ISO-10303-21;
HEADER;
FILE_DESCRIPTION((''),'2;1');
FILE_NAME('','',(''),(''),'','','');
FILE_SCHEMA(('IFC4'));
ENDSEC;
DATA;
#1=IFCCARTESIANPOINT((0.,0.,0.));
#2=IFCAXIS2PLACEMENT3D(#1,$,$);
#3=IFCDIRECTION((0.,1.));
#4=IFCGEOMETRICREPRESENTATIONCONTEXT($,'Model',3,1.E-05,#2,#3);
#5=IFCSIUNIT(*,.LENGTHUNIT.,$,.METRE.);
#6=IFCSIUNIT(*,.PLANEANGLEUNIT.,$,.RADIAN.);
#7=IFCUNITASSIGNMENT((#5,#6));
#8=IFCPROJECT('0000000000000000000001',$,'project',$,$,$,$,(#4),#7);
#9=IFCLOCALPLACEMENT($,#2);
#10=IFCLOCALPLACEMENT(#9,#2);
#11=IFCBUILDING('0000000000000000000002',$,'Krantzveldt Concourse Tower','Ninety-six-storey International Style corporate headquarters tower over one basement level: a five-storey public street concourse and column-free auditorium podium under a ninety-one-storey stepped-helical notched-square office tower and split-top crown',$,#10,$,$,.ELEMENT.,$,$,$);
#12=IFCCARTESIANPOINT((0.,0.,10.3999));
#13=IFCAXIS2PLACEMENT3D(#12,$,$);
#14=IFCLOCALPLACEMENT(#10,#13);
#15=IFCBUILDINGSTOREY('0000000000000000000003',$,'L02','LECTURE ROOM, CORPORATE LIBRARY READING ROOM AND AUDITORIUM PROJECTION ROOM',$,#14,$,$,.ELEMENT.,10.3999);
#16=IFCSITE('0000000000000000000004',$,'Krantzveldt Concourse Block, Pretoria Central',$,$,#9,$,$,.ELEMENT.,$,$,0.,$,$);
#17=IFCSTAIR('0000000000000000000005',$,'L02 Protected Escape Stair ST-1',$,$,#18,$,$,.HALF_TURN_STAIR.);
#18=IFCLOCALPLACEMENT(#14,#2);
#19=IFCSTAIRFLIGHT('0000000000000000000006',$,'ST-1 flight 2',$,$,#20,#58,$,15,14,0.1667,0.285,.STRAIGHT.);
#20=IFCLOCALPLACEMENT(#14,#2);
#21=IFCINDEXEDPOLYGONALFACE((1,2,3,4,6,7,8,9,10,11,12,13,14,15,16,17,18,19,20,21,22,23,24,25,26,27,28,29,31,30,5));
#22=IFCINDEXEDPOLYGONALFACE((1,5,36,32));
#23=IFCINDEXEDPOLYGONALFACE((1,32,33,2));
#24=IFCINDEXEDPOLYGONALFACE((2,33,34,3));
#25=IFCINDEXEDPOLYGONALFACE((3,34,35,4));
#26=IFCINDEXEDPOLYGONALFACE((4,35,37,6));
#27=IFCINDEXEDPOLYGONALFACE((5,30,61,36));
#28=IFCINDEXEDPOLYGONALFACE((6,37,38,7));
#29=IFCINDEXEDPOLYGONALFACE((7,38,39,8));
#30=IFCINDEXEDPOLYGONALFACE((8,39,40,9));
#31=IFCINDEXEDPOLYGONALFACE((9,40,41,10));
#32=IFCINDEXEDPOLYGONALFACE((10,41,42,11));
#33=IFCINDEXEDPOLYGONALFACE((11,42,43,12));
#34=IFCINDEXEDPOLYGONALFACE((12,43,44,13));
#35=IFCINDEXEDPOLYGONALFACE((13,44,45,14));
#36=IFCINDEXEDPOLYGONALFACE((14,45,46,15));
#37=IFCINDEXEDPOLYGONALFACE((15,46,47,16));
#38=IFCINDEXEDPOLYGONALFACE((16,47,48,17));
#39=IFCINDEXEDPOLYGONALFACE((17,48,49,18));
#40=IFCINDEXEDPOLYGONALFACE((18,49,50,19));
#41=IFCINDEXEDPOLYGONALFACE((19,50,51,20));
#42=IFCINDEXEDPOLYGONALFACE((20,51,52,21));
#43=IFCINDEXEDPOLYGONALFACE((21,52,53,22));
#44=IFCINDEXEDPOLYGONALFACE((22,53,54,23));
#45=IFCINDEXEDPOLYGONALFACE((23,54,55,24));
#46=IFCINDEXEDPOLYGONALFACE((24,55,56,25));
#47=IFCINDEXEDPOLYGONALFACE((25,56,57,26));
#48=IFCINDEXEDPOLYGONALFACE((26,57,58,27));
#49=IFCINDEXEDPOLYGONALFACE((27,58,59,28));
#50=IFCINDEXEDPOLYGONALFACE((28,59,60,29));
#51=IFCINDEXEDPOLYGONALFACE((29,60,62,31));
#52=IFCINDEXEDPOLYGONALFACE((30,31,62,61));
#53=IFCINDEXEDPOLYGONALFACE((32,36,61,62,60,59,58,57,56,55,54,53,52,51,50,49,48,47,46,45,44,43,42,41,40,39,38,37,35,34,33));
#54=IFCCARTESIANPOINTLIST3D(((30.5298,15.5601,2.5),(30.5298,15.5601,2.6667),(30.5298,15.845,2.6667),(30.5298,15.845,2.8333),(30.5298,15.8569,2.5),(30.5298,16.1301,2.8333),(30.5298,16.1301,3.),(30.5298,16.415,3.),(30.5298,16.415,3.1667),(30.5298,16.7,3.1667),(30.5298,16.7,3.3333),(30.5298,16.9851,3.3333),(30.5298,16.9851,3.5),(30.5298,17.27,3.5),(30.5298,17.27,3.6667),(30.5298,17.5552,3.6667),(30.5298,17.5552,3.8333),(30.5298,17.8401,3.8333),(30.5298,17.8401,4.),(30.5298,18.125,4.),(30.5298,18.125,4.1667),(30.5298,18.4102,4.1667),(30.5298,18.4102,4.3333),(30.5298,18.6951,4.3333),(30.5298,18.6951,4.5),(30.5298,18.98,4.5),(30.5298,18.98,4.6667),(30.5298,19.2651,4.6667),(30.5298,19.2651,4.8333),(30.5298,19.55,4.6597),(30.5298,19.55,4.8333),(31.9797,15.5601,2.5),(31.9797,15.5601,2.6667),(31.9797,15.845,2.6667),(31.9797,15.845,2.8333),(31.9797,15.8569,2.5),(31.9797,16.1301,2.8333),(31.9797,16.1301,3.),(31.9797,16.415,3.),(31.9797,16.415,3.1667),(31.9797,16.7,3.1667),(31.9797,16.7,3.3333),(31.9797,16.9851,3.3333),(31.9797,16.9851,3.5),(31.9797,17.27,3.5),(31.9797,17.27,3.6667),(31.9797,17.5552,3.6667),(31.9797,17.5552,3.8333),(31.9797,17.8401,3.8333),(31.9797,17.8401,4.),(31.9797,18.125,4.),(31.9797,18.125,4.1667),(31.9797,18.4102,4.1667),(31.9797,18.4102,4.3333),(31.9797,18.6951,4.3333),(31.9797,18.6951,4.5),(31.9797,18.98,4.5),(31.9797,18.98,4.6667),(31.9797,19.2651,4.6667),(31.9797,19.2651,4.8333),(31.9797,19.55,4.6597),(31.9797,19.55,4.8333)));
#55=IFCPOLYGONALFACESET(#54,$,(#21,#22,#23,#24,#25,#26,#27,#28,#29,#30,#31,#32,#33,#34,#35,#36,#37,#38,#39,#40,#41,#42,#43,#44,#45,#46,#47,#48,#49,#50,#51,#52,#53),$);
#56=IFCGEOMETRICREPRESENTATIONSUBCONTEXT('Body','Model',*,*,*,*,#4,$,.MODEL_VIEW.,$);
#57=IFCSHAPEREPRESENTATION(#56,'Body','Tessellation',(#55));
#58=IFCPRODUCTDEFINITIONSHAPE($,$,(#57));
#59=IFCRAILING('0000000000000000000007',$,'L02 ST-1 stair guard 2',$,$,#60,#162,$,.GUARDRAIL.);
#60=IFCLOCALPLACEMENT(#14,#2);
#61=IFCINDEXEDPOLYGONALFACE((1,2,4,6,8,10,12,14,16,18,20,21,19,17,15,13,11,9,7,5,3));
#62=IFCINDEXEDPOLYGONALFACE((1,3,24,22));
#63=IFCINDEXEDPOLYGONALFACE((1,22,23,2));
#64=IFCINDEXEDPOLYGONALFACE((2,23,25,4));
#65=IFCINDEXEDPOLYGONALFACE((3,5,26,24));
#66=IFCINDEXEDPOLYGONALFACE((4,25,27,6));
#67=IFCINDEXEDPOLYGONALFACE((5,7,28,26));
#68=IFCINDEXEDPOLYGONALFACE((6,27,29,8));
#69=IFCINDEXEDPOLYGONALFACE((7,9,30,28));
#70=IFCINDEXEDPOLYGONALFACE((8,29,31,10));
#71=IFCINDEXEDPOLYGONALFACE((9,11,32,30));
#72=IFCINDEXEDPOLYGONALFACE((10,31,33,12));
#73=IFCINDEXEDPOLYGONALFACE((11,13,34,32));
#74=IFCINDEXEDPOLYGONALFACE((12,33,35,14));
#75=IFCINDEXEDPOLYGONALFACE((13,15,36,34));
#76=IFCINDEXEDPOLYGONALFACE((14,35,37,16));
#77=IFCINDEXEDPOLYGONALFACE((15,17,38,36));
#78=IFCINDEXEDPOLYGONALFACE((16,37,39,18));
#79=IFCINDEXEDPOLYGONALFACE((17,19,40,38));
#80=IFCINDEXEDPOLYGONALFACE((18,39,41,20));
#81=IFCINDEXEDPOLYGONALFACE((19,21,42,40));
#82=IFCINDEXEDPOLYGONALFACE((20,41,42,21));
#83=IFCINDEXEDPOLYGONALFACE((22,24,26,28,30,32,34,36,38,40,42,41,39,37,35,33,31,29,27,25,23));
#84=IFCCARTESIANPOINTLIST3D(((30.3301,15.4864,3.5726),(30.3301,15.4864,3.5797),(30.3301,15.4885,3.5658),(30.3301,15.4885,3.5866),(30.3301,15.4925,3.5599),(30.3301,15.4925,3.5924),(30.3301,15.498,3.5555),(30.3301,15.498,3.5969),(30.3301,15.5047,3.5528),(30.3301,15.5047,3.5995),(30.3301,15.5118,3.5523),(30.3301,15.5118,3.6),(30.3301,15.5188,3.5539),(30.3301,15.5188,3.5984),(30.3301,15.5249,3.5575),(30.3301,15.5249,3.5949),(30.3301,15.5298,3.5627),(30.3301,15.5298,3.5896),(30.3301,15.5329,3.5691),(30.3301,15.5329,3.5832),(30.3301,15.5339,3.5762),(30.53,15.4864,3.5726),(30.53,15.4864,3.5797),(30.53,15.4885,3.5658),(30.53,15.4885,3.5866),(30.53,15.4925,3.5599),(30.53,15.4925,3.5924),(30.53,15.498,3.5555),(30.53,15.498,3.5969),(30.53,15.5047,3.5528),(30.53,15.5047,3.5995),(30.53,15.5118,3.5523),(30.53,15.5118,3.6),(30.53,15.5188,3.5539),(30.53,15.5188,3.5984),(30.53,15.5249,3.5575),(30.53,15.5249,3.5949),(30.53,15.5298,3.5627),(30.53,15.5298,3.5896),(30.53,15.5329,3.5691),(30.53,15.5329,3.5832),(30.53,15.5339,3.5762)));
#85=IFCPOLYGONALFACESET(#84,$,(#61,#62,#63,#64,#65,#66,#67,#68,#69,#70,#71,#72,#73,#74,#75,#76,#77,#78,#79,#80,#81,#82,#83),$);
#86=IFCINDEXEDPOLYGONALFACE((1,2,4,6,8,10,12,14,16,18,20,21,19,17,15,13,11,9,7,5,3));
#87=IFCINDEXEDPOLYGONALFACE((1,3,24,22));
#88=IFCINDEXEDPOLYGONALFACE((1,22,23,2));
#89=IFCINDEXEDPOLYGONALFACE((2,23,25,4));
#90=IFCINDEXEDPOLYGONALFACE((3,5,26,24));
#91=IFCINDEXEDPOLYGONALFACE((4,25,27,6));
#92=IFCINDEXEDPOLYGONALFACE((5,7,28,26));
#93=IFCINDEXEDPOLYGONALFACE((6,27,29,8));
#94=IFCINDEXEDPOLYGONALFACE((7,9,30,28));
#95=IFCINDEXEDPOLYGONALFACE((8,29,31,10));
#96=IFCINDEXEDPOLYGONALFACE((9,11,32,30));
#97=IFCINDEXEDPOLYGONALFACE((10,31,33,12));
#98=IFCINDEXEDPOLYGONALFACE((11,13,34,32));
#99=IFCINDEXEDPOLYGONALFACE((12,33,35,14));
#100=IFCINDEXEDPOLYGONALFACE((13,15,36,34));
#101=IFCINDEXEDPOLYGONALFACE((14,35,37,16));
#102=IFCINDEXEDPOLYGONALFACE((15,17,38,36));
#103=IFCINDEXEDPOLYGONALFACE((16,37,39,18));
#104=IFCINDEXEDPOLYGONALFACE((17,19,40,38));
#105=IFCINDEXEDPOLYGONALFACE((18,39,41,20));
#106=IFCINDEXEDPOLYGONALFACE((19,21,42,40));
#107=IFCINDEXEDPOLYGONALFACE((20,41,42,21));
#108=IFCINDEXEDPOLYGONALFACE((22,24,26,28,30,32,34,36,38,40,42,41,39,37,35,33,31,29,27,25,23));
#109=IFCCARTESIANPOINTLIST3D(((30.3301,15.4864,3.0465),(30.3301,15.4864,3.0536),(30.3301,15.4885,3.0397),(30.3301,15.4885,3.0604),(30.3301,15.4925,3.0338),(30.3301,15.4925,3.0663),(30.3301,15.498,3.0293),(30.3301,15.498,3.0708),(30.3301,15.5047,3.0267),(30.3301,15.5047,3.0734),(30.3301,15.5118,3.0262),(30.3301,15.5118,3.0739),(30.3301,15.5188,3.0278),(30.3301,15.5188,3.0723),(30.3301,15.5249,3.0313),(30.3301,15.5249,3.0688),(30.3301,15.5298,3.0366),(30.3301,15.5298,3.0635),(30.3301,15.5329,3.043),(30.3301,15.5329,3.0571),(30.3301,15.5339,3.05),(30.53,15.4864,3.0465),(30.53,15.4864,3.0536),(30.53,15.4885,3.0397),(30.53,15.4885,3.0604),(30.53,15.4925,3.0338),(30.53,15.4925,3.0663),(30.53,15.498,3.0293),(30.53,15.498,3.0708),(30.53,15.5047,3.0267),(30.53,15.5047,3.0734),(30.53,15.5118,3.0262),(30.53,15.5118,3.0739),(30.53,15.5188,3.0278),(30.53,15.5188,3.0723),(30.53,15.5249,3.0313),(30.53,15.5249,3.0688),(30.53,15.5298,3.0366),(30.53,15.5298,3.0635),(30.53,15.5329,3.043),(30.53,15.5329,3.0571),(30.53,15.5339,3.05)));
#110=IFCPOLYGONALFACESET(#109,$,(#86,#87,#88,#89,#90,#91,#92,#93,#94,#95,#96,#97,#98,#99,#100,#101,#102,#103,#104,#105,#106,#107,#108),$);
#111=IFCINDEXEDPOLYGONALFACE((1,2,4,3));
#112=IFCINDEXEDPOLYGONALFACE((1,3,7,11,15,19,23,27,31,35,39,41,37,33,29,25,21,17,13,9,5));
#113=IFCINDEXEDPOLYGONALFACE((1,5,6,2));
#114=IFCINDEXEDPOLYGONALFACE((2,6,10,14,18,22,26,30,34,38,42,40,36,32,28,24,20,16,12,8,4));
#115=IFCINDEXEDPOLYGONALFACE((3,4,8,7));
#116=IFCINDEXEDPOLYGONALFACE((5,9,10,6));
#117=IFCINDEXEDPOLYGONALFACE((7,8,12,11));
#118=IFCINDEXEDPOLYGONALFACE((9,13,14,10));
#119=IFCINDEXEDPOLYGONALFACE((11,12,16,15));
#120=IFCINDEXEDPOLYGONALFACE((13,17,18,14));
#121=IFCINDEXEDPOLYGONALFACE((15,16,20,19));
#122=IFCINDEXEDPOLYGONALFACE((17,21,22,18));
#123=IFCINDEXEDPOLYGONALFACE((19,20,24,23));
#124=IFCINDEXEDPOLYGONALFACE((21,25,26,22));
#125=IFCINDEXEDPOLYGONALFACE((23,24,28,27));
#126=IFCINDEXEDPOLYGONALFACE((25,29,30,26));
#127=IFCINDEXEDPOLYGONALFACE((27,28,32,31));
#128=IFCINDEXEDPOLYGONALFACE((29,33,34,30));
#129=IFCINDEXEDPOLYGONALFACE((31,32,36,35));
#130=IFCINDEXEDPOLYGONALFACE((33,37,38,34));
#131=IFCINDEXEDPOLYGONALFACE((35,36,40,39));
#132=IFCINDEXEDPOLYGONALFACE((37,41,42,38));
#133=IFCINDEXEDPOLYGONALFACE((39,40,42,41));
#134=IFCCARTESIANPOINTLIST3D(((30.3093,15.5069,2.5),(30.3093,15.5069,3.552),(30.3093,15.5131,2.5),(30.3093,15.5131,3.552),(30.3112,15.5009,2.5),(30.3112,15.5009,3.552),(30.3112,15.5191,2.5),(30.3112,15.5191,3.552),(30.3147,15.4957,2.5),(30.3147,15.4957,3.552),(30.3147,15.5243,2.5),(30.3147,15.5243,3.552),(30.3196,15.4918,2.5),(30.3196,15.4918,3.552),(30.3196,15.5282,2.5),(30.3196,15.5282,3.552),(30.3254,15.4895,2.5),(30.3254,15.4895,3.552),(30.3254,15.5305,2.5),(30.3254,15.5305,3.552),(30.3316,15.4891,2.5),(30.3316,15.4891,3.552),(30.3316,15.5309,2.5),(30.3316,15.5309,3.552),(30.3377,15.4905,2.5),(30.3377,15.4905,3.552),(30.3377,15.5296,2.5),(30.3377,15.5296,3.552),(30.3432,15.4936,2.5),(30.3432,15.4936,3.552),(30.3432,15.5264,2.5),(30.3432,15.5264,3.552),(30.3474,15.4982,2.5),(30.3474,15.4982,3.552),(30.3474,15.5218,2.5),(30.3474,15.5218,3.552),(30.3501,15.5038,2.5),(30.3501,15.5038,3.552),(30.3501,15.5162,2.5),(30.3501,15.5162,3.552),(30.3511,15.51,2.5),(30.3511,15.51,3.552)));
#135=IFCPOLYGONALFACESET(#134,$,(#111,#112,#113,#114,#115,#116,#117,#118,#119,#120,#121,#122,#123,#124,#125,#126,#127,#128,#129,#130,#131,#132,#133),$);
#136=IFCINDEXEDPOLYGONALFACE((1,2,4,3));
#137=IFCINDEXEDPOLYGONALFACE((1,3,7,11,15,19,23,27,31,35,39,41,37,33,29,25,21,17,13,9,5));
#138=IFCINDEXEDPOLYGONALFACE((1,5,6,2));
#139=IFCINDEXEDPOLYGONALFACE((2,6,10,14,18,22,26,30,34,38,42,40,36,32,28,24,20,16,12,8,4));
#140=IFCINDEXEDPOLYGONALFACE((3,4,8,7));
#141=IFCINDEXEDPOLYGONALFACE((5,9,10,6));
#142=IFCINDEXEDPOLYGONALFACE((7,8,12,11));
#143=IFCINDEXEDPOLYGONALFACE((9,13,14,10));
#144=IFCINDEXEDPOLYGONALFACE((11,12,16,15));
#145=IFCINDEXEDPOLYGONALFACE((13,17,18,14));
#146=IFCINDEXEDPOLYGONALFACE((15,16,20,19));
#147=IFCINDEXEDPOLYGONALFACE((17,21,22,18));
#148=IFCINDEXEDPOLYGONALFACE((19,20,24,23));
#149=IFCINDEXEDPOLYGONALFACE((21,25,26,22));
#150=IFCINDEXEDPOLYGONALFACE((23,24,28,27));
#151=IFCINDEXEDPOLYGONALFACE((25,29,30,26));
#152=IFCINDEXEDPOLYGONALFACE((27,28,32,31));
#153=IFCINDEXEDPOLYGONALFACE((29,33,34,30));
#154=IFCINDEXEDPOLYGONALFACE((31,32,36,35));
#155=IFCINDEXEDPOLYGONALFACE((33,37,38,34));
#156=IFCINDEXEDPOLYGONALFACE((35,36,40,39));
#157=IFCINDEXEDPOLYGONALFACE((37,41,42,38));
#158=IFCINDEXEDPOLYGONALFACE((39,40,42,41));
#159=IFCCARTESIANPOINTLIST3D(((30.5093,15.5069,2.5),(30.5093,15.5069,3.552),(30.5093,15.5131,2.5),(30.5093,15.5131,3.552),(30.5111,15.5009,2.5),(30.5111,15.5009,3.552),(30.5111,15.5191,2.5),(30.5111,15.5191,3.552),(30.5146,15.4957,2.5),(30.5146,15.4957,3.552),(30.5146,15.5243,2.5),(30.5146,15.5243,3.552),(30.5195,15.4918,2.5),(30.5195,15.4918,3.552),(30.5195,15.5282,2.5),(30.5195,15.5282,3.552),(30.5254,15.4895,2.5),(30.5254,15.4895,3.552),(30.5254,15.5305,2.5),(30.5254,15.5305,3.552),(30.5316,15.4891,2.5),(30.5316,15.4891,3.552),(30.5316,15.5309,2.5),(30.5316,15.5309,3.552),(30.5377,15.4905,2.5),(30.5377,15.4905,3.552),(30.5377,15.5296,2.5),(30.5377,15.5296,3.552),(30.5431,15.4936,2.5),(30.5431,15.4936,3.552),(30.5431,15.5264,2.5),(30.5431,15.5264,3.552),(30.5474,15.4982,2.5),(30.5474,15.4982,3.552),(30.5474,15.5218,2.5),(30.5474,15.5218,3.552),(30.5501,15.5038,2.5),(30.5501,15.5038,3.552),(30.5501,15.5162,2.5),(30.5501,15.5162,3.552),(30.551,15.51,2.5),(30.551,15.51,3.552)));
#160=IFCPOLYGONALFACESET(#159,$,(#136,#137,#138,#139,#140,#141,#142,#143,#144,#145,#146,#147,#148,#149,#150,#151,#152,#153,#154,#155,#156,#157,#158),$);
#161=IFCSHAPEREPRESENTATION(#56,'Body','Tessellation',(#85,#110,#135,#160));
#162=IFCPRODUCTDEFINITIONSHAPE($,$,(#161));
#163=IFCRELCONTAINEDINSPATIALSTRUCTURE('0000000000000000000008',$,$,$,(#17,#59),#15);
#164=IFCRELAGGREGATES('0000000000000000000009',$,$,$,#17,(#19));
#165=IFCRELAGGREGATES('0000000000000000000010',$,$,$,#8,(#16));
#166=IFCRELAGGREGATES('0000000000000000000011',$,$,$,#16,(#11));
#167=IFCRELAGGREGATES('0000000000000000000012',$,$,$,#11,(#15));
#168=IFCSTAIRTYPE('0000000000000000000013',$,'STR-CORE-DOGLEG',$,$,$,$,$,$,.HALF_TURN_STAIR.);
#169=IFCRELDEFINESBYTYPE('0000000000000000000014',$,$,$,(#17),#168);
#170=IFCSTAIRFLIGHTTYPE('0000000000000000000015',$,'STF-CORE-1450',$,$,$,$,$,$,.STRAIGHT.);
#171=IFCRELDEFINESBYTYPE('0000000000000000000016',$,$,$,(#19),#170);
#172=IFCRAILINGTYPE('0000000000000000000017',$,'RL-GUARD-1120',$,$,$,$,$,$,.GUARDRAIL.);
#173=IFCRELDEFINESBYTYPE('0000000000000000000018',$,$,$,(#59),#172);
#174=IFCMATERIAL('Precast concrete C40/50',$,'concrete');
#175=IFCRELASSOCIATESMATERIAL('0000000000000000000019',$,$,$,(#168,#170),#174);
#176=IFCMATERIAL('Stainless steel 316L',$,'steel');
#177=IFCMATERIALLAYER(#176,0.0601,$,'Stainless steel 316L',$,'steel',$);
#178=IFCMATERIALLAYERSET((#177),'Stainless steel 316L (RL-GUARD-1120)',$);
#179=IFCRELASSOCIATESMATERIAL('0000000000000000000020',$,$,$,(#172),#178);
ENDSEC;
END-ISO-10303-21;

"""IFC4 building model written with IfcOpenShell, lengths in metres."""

from ifc_helpers import new_model, si_unit, direction, frame, origin, origin_2d, place, context, subcontext, project, spatial, polyline, circle, outline, extrude, material, layer, layer_set, type_object, element, aggregate, save


model = new_model("IFC4")

# Units and contexts
model_context = context("Model", 3, precision=1e-05, world=origin(), true_north=direction((0.0, 1.0)))
body_context = subcontext(model_context, "Body", "Model", "MODEL_VIEW")
ifc_project = project(units=[si_unit("LENGTHUNIT", "METRE"), si_unit("PLANEANGLEUNIT", "RADIAN")], contexts=[model_context])

# Site, building, storey
site_placement = place(None, origin())
site = spatial("IfcSite", under=ifc_project, at=site_placement, Name="Krantzveldt Concourse Block, Pretoria Central", CompositionType="ELEMENT", RefElevation=0.0)
building_placement = place(site_placement, origin())
building = spatial("IfcBuilding", under=site, at=building_placement, Name="Krantzveldt Concourse Tower", Description="Ninety-six-storey International Style corporate headquarters tower over one basement level: a five-storey public street concourse and column-free auditorium podium under a ninety-one-storey stepped-helical notched-square office tower and split-top crown", CompositionType="ELEMENT")
storey_placement = place(building_placement, frame((0.0, 0.0, 10.3999)))
storey = spatial("IfcBuildingStorey", under=building, at=storey_placement, Name="L02", Description="LECTURE ROOM, CORPORATE LIBRARY READING ROOM AND AUDITORIUM PROJECTION ROOM", CompositionType="ELEMENT", Elevation=10.3999)

# Shared definitions
ifc_material_1 = material(Name="Stainless steel 316L", Category="steel")

# Stair, stair flight
ifc_material_2 = material(Name="Precast concrete C40/50", Category="concrete")
stair_type = type_object("IfcStairType", Name="STR-CORE-DOGLEG", PredefinedType="HALF_TURN_STAIR", material=ifc_material_2)
stair_placement = place(storey_placement, origin())
stair = element("IfcStair", 1, at=stair_placement, inside=storey, type_object=stair_type, Name="L02 Protected Escape Stair ST-1", PredefinedType="HALF_TURN_STAIR")
stair_flight_type = type_object("IfcStairFlightType", Name="STF-CORE-1450", PredefinedType="STRAIGHT", material=ifc_material_2)
stair_flight_1_placement = place(storey_placement, frame((31.2549, 15.5601, 2.5), z_axis=(0.0, 0.0, 1.0), x_axis=(0.0, 1.0, 0.0)))
stair_flight_1 = element("IfcStairFlight", 2, at=stair_flight_1_placement, type_object=stair_flight_type, Name="ST-1 flight 2", NumberOfRisers=15, NumberOfTreads=14, PredefinedType="STRAIGHT", RiserHeight=0.1667, TreadLength=0.285, context=body_context, shape_type="SweptSolid", body=[
    extrude(outline(polyline([(0.0, 0.0), (0.0, 0.1667), (0.2849, 0.1667), (0.2849, 0.3333), (0.5701, 0.3333), (0.5701, 0.5), (0.855, 0.5), (0.855, 0.6667), (1.1399, 0.6667), (1.1399, 0.8333), (1.425, 0.8333), (1.425, 1.0), (1.71, 1.0), (1.71, 1.1667), (1.9951, 1.1667), (1.9951, 1.3333), (2.28, 1.3333), (2.28, 1.5), (2.5649, 1.5), (2.5649, 1.6667), (2.8501, 1.6667), (2.8501, 1.8333), (3.135, 1.8333), (3.135, 2.0), (3.4199, 2.0), (3.4199, 2.1667), (3.7051, 2.1667), (3.7051, 2.3333), (3.99, 2.3333), (3.99, 2.5), (3.99, 2.1597), (0.2969, 0.0), (0.0, 0.0)])), frame((0.0, 0.7251, 0.0), z_axis=(0.0, -1.0, 0.0), x_axis=(1.0, 0.0, 0.0)), (0.0, 0.0, 1.0), 1.45),
])
aggregate(stair, [stair_flight_1])

# Railing
ifc_layer_1 = layer(ifc_material_1, 0.0601, Name="Stainless steel 316L", Category="steel")
ifc_layer_set_1 = layer_set([ifc_layer_1], Name="Stainless steel 316L (RL-GUARD-1120)")
railing_type_1 = type_object("IfcRailingType", Name="RL-GUARD-1120", PredefinedType="GUARDRAIL", material=ifc_layer_set_1)
railing_1_placement = place(storey_placement, frame((30.3301, 15.51, 2.5)))
element("IfcRailing", 3, at=railing_1_placement, inside=storey, type_object=railing_type_1, Name="L02 ST-1 stair guard 2", PredefinedType="GUARDRAIL", context=body_context, shape_type="SweptSolid", body=[
    extrude(circle(Radius=0.0239, at=origin_2d()), frame((0.0, 0.0, 1.0762), z_axis=(1.0, 0.0, 0.0), x_axis=(0.0, 1.0, 0.0)), (0.0, 0.0, 1.0), 0.2),
    extrude(circle(Radius=0.0239, at=origin_2d()), frame((0.0, 0.0, 0.55), z_axis=(1.0, 0.0, 0.0), x_axis=(0.0, 1.0, 0.0)), (0.0, 0.0, 1.0), 0.2),
    extrude(circle(Radius=0.021, at=origin_2d()), origin(), (0.0, 0.0, 1.0), 1.052),
    extrude(circle(Radius=0.021, at=origin_2d()), frame((0.2, 0.0, 0.0)), (0.0, 0.0, 1.0), 1.052),
])

save(model, "model.ifc")
